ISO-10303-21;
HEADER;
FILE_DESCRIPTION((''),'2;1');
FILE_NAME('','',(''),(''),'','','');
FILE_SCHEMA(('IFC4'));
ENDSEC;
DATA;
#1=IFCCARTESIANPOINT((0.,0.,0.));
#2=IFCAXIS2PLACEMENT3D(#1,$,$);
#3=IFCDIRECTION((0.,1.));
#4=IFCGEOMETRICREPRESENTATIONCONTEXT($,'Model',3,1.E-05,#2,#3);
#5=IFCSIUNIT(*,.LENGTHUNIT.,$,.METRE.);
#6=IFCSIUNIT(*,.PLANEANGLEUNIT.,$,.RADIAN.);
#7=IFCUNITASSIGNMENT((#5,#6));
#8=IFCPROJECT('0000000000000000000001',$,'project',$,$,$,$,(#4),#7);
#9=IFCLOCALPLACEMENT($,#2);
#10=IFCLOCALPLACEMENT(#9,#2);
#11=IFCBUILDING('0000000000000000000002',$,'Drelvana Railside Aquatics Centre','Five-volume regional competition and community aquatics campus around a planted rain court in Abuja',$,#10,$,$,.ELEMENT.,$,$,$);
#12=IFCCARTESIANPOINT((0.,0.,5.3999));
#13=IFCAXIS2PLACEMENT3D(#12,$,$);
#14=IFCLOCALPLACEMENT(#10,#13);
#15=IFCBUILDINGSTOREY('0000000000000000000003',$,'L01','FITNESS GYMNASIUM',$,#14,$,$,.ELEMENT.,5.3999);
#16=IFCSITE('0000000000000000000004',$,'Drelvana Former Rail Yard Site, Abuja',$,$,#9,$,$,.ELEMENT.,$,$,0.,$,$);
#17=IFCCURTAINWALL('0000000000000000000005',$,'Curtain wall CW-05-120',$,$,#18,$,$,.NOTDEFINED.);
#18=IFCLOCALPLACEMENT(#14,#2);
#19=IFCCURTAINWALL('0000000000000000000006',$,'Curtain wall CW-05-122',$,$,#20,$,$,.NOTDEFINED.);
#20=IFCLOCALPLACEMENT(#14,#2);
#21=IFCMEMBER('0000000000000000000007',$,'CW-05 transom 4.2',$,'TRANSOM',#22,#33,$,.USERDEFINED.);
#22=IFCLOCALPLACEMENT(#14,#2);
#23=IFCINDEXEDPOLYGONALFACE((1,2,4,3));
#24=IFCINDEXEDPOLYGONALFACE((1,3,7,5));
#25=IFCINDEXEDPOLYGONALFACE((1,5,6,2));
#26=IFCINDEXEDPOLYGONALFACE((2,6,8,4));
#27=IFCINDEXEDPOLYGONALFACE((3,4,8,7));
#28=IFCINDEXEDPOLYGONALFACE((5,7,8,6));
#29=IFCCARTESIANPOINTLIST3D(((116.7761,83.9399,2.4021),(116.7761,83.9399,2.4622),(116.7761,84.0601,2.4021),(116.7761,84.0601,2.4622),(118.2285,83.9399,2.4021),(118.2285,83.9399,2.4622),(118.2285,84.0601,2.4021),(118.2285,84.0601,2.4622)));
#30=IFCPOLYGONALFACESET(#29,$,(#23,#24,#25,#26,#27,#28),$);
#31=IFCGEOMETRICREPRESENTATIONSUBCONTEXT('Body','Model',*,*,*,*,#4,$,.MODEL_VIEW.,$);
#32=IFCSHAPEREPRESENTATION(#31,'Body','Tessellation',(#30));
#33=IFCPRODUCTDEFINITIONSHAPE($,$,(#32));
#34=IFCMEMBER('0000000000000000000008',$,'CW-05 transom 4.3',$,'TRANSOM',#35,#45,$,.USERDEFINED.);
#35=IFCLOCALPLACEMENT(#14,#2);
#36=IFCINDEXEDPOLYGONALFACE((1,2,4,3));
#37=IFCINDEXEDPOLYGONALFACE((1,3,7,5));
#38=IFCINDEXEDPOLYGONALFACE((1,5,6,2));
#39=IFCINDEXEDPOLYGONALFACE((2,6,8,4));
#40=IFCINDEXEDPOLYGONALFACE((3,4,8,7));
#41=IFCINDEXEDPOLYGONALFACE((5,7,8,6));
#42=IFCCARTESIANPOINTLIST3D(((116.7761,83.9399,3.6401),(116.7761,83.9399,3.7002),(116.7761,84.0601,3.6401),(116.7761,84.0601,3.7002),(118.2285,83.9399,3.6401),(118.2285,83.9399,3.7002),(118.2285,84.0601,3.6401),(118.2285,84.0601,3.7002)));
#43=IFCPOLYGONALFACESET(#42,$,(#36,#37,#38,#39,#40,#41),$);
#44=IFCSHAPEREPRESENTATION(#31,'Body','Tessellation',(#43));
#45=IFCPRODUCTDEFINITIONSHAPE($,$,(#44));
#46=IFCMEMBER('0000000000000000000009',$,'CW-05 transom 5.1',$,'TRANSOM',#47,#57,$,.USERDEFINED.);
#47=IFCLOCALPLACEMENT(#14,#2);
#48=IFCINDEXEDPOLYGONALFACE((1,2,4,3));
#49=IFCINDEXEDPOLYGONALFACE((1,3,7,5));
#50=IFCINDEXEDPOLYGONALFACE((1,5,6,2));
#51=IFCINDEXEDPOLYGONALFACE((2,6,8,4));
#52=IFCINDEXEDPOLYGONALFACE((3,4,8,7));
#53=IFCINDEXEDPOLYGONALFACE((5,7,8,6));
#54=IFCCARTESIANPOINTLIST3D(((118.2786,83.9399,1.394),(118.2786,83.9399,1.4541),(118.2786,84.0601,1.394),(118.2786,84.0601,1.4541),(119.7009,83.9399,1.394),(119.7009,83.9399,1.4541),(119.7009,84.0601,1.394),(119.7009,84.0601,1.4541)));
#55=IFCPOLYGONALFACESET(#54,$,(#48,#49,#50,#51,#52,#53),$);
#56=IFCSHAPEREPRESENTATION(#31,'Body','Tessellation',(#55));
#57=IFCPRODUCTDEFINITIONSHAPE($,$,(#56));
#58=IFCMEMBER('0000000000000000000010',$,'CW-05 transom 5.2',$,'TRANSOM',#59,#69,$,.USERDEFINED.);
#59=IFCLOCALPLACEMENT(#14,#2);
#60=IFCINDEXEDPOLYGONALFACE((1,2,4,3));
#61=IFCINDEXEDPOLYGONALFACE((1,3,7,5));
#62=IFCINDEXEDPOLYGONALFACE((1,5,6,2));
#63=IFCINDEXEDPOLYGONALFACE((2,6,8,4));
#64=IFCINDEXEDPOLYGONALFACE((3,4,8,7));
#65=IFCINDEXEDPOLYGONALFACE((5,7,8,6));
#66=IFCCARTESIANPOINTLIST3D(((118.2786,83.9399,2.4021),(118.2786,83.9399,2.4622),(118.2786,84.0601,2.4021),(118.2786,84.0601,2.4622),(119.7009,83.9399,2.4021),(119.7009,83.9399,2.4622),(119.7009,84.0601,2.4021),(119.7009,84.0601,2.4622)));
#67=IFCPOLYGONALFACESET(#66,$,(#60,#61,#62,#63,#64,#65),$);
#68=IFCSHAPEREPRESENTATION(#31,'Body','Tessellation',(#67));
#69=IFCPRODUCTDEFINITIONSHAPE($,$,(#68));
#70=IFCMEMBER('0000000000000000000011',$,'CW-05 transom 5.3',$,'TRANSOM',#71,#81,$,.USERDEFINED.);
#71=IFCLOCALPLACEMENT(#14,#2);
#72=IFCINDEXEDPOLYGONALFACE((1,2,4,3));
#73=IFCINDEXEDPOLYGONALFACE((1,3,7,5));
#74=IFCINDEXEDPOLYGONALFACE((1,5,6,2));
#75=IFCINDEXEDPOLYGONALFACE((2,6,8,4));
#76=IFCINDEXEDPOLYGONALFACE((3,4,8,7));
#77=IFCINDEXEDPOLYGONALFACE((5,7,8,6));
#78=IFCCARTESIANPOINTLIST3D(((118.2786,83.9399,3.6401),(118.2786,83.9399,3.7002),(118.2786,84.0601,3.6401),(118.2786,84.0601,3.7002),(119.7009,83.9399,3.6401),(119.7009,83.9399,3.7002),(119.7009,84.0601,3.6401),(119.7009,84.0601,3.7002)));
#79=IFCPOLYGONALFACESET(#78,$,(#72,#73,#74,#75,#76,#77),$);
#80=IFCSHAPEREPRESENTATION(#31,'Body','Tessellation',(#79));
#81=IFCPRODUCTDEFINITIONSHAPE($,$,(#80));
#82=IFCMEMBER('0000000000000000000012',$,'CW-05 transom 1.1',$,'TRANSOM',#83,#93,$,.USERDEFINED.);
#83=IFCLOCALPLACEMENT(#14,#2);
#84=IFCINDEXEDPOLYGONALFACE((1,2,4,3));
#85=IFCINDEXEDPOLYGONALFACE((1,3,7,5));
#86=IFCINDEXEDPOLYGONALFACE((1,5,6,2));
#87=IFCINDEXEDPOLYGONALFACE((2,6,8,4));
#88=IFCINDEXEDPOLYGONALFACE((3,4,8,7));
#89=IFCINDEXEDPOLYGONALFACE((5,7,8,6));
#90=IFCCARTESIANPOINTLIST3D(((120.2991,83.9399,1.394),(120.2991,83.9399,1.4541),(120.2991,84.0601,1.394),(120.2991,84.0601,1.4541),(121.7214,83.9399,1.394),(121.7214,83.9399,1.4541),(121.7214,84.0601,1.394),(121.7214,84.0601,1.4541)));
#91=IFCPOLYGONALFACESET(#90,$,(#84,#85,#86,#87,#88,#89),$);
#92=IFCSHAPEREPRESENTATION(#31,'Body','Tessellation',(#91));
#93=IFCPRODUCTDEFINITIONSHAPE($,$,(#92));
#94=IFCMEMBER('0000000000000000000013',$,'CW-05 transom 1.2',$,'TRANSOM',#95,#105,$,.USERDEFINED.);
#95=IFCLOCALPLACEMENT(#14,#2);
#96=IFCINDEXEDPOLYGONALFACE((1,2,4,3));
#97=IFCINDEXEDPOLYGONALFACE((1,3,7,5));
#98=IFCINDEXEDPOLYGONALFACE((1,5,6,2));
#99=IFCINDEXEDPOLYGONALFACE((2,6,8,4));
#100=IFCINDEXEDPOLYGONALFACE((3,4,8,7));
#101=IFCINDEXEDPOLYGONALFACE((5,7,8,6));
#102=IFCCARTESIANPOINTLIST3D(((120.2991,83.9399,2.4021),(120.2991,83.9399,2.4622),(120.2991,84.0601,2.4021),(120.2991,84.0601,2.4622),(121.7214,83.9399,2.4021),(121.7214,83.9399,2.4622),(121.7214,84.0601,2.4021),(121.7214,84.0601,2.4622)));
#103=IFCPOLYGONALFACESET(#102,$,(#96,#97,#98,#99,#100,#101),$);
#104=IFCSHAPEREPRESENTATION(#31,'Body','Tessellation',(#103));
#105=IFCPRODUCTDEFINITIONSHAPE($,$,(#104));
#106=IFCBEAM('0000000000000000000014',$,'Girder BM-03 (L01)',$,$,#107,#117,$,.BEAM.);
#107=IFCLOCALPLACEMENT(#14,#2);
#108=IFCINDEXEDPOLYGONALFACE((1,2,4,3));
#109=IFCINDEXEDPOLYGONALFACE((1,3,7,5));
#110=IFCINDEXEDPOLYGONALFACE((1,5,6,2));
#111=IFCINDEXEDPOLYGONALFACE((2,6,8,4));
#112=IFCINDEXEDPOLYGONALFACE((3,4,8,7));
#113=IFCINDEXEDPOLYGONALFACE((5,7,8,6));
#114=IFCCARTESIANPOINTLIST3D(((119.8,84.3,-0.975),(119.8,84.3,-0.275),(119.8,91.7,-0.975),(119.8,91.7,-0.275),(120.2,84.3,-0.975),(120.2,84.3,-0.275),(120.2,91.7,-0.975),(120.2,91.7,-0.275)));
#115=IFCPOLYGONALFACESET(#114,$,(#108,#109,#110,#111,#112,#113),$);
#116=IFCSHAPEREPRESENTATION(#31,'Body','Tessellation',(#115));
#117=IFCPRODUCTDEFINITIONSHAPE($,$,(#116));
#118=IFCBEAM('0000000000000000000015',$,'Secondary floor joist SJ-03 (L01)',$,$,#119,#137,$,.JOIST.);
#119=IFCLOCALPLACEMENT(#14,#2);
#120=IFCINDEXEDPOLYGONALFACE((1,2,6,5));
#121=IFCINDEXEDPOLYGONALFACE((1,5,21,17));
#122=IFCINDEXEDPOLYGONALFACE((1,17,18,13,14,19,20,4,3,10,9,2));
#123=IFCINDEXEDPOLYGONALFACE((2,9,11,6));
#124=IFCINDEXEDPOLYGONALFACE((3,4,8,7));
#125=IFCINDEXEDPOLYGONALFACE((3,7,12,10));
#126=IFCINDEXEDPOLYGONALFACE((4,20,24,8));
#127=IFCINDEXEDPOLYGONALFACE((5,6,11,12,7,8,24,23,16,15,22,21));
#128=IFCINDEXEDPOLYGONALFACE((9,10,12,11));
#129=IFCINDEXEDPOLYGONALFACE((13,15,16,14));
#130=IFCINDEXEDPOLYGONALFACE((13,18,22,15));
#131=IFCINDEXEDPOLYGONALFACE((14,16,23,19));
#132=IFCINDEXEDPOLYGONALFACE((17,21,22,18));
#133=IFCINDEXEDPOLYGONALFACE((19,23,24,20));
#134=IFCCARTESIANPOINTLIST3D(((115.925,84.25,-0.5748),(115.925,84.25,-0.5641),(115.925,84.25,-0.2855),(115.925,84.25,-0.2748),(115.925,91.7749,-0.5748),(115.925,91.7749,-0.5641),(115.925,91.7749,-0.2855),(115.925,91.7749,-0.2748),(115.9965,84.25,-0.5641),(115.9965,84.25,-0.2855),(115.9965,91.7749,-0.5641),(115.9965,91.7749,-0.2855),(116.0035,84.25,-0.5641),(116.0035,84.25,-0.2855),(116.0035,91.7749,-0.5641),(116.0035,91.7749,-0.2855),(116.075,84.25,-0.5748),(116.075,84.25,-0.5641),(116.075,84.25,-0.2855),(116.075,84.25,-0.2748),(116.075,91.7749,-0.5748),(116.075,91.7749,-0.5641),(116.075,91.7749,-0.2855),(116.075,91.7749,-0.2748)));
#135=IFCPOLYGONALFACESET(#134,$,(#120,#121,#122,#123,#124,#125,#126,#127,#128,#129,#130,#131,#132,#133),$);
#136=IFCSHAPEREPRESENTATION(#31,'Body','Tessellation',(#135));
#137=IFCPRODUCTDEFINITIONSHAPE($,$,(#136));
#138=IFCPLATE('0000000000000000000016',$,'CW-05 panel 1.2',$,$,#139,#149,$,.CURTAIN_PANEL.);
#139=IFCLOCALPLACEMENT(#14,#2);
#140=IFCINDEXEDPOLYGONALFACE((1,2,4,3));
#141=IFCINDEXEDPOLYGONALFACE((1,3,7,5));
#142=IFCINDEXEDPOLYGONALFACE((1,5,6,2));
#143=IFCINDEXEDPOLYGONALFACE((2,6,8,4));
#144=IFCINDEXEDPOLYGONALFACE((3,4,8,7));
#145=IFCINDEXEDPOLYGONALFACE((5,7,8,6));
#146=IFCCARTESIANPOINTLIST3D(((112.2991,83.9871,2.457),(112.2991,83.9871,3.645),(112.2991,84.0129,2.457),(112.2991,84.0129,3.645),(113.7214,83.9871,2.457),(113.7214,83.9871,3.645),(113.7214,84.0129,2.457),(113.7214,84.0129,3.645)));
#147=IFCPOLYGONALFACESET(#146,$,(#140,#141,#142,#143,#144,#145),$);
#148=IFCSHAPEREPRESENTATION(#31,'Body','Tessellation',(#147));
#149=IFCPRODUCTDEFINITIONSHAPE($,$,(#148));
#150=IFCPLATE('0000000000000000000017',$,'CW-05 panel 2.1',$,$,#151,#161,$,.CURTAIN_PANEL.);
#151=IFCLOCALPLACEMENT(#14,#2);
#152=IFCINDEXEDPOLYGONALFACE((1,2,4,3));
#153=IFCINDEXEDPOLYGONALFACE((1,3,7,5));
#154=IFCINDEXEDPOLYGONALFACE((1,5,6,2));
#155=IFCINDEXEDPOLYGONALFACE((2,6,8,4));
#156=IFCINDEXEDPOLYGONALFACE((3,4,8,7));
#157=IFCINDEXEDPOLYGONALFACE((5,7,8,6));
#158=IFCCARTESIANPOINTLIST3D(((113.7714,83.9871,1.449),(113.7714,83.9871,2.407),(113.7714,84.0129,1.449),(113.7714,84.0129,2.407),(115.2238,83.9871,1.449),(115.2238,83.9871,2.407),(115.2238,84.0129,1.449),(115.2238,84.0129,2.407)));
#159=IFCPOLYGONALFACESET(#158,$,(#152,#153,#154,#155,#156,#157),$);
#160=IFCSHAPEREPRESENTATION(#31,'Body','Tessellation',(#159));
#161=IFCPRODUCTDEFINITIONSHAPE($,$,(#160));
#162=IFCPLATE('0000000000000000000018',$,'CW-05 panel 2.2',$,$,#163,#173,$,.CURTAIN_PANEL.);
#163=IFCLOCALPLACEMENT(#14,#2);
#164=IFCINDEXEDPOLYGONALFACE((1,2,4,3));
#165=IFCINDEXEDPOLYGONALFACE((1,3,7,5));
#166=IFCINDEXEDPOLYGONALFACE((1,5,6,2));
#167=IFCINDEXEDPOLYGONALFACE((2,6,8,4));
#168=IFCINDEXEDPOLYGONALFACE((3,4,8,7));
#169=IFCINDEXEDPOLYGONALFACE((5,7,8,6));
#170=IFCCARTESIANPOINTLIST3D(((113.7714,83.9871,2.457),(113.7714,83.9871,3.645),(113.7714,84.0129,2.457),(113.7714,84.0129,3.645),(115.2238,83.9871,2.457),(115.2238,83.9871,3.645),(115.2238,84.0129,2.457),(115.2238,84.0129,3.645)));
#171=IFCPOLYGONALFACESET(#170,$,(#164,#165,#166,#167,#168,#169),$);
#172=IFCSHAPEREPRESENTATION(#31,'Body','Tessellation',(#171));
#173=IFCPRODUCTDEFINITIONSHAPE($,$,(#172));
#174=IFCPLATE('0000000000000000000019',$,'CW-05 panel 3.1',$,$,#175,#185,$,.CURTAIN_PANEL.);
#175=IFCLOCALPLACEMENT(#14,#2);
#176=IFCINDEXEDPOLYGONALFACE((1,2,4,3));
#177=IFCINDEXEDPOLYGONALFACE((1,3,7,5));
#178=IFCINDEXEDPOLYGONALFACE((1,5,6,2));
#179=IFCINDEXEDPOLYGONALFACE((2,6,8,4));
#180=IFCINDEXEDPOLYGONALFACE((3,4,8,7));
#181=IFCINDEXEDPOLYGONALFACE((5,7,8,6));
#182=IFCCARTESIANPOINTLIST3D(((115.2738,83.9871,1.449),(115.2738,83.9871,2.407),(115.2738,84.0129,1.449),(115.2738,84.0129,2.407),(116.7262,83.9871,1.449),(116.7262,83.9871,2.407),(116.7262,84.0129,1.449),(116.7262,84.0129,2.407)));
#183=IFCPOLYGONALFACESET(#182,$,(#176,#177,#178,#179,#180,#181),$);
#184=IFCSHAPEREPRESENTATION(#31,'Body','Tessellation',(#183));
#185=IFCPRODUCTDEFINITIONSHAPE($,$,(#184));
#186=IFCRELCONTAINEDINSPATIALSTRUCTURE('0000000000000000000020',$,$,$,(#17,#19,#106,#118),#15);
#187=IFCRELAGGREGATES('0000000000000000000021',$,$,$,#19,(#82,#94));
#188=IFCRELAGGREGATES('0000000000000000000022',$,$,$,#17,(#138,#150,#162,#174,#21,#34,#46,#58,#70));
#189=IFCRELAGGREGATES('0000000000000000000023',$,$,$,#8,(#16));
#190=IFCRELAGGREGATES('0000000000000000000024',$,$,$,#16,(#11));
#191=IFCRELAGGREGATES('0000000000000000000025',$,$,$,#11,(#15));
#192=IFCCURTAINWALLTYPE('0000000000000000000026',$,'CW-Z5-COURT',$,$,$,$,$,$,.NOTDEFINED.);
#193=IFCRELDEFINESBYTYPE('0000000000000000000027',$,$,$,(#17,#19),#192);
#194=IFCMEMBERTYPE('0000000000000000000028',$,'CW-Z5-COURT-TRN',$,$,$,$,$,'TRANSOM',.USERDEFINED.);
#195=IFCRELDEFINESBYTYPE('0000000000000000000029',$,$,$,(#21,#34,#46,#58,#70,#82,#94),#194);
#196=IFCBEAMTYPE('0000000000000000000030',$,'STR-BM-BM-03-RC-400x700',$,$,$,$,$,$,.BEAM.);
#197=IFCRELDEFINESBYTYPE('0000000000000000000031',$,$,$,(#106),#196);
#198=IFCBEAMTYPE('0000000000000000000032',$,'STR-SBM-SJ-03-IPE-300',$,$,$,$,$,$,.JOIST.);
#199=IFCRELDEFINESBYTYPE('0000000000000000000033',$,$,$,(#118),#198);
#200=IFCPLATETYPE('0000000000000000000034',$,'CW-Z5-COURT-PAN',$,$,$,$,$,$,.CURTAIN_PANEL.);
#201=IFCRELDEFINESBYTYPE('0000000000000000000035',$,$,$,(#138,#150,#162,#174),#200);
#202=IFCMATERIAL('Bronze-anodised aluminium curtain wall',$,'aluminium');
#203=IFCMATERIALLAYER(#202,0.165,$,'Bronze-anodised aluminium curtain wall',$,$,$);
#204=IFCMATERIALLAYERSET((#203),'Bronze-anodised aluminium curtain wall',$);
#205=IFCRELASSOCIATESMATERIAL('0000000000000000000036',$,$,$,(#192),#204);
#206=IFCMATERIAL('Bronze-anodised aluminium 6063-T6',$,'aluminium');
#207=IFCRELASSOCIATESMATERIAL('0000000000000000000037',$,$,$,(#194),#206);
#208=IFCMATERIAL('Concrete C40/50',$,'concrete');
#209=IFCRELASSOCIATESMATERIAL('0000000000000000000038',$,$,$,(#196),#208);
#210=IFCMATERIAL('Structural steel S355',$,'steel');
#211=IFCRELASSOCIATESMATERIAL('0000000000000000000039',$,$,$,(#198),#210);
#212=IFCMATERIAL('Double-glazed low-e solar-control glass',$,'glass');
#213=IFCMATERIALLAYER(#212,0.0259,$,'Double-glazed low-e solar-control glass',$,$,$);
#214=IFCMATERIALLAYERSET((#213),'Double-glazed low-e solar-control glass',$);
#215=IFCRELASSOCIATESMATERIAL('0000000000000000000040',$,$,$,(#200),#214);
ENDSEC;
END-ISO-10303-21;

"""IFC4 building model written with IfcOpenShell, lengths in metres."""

from ifc_helpers import new_model, si_unit, direction, frame, origin, origin_2d, place, context, subcontext, project, spatial, rectangle, i_section, extrude, material, layer, layer_set, material_profile, profile_set, type_object, element, aggregate, save


model = new_model("IFC4")

# Units and contexts
model_context = context("Model", 3, precision=1e-05, world=origin(), true_north=direction((0.0, 1.0)))
body_context = subcontext(model_context, "Body", "Model", "MODEL_VIEW")
ifc_project = project(units=[si_unit("LENGTHUNIT", "METRE"), si_unit("PLANEANGLEUNIT", "RADIAN")], contexts=[model_context])

# Site, building, storey
site_placement = place(None, origin())
site = spatial("IfcSite", under=ifc_project, at=site_placement, Name="Drelvana Former Rail Yard Site, Abuja", CompositionType="ELEMENT", RefElevation=0.0)
building_placement = place(site_placement, origin())
building = spatial("IfcBuilding", under=site, at=building_placement, Name="Drelvana Railside Aquatics Centre", Description="Five-volume regional competition and community aquatics campus around a planted rain court in Abuja", CompositionType="ELEMENT")
storey_placement = place(building_placement, frame((0.0, 0.0, 5.3999)))
storey = spatial("IfcBuildingStorey", under=building, at=storey_placement, Name="L01", Description="FITNESS GYMNASIUM", CompositionType="ELEMENT", Elevation=5.3999)

# Shared definitions
ifc_material_1 = material(Name="Concrete C40/50", Category="concrete")

# Curtain wall
ifc_material_2 = material(Name="Bronze-anodised aluminium curtain wall", Category="aluminium")
ifc_layer_1 = layer(ifc_material_2, 0.165, Name="Bronze-anodised aluminium curtain wall")
ifc_layer_set_1 = layer_set([ifc_layer_1], Name="Bronze-anodised aluminium curtain wall")
curtain_wall_type = type_object("IfcCurtainWallType", Name="CW-Z5-COURT", PredefinedType="NOTDEFINED", material=ifc_layer_set_1)
curtain_wall_1_placement = place(storey_placement, origin())
curtain_wall_1 = element("IfcCurtainWall", 1, at=curtain_wall_1_placement, inside=storey, type_object=curtain_wall_type, Name="Curtain wall CW-05-120", PredefinedType="NOTDEFINED")
ifc_material_3 = material(Name="Bronze-anodised aluminium 6063-T6", Category="aluminium")

# Curtain wall
curtain_wall_2_placement = place(storey_placement, origin())
curtain_wall_2 = element("IfcCurtainWall", 2, at=curtain_wall_2_placement, inside=storey, type_object=curtain_wall_type, Name="Curtain wall CW-05-122", PredefinedType="NOTDEFINED")

# Members
ifc_material_profile_1 = material_profile(ifc_material_3, rectangle(XDim=0.1201, YDim=0.0601, at=origin_2d()), Name="ALU-T 60x120")
ifc_profile_set_1 = profile_set([ifc_material_profile_1], Name="Bronze-anodised aluminium 6063-T6")
member_type_1 = type_object("IfcMemberType", Name="CW-Z5-COURT-TRN", ElementType="TRANSOM", PredefinedType="USERDEFINED", material=ifc_profile_set_1)
member_1_placement = place(storey_placement, frame((116.7761, 84.0, 2.4321), z_axis=(1.0, 0.0, 0.0), x_axis=(0.0, 1.0, 0.0)))
member_1 = element("IfcMember", 3, at=member_1_placement, type_object=member_type_1, Name="CW-05 transom 4.2", ObjectType="TRANSOM", PredefinedType="USERDEFINED", context=body_context, shape_type="SweptSolid", body=[
    extrude(rectangle(XDim=0.1201, YDim=0.0601, at=origin_2d()), origin(), (0.0, 0.0, 1.0), 1.4524),
])
member_2_placement = place(storey_placement, frame((116.7761, 84.0, 3.6702), z_axis=(1.0, 0.0, 0.0), x_axis=(0.0, 1.0, 0.0)))
member_2 = element("IfcMember", 4, at=member_2_placement, type_object=member_type_1, Name="CW-05 transom 4.3", ObjectType="TRANSOM", PredefinedType="USERDEFINED", context=body_context, shape_type="SweptSolid", body=[
    extrude(rectangle(XDim=0.1201, YDim=0.0601, at=origin_2d()), origin(), (0.0, 0.0, 1.0), 1.4524),
])
member_3_placement = place(storey_placement, frame((118.2786, 84.0, 1.4241), z_axis=(1.0, 0.0, 0.0), x_axis=(0.0, 1.0, 0.0)))
member_3 = element("IfcMember", 5, at=member_3_placement, type_object=member_type_1, Name="CW-05 transom 5.1", ObjectType="TRANSOM", PredefinedType="USERDEFINED", context=body_context, shape_type="SweptSolid", body=[
    extrude(rectangle(XDim=0.1201, YDim=0.0601, at=origin_2d()), origin(), (0.0, 0.0, 1.0), 1.4224),
])
member_4_placement = place(storey_placement, frame((118.2786, 84.0, 2.4321), z_axis=(1.0, 0.0, 0.0), x_axis=(0.0, 1.0, 0.0)))
member_4 = element("IfcMember", 6, at=member_4_placement, type_object=member_type_1, Name="CW-05 transom 5.2", ObjectType="TRANSOM", PredefinedType="USERDEFINED", context=body_context, shape_type="SweptSolid", body=[
    extrude(rectangle(XDim=0.1201, YDim=0.0601, at=origin_2d()), origin(), (0.0, 0.0, 1.0), 1.4224),
])
member_5_placement = place(storey_placement, frame((118.2786, 84.0, 3.6702), z_axis=(1.0, 0.0, 0.0), x_axis=(0.0, 1.0, 0.0)))
member_5 = element("IfcMember", 7, at=member_5_placement, type_object=member_type_1, Name="CW-05 transom 5.3", ObjectType="TRANSOM", PredefinedType="USERDEFINED", context=body_context, shape_type="SweptSolid", body=[
    extrude(rectangle(XDim=0.1201, YDim=0.0601, at=origin_2d()), origin(), (0.0, 0.0, 1.0), 1.4224),
])
member_6_placement = place(storey_placement, frame((120.2991, 84.0, 1.4241), z_axis=(1.0, 0.0, 0.0), x_axis=(0.0, 1.0, 0.0)))
member_6 = element("IfcMember", 8, at=member_6_placement, type_object=member_type_1, Name="CW-05 transom 1.1", ObjectType="TRANSOM", PredefinedType="USERDEFINED", context=body_context, shape_type="SweptSolid", body=[
    extrude(rectangle(XDim=0.1201, YDim=0.0601, at=origin_2d()), origin(), (0.0, 0.0, 1.0), 1.4224),
])
member_7_placement = place(storey_placement, frame((120.2991, 84.0, 2.4321), z_axis=(1.0, 0.0, 0.0), x_axis=(0.0, 1.0, 0.0)))
member_7 = element("IfcMember", 9, at=member_7_placement, type_object=member_type_1, Name="CW-05 transom 1.2", ObjectType="TRANSOM", PredefinedType="USERDEFINED", context=body_context, shape_type="SweptSolid", body=[
    extrude(rectangle(XDim=0.1201, YDim=0.0601, at=origin_2d()), origin(), (0.0, 0.0, 1.0), 1.4224),
])
aggregate(curtain_wall_2, [member_6, member_7])

# Beams
ifc_material_profile_2 = material_profile(ifc_material_1, rectangle(XDim=0.3999, YDim=0.7, at=origin_2d()), Name="RC 400x700")
ifc_profile_set_2 = profile_set([ifc_material_profile_2], Name="Concrete C40/50")
beam_type_1 = type_object("IfcBeamType", Name="STR-BM-BM-03-RC-400x700", PredefinedType="BEAM", material=ifc_profile_set_2)
beam_1_placement = place(storey_placement, frame((120.0, 84.3, -0.625), z_axis=(0.0, 1.0, 0.0), x_axis=(-1.0, 0.0, 0.0)))
element("IfcBeam", 10, at=beam_1_placement, inside=storey, type_object=beam_type_1, Name="Girder BM-03 (L01)", PredefinedType="BEAM", context=body_context, shape_type="SweptSolid", body=[
    extrude(rectangle(XDim=0.3999, YDim=0.7, at=origin_2d()), origin(), (0.0, 0.0, 1.0), 7.3999),
])
ifc_material_4 = material(Name="Structural steel S355", Category="steel")
ifc_material_profile_3 = material_profile(ifc_material_4, i_section(OverallWidth=0.1499, OverallDepth=0.3, WebThickness=0.0071, FlangeThickness=0.0107, at=origin_2d()), Name="IPE 300")
ifc_profile_set_3 = profile_set([ifc_material_profile_3], Name="Structural steel S355")
beam_type_2 = type_object("IfcBeamType", Name="STR-SBM-SJ-03-IPE-300", PredefinedType="JOIST", material=ifc_profile_set_3)
beam_2_placement = place(storey_placement, frame((116.0, 84.25, -0.4248), z_axis=(0.0, 1.0, 0.0), x_axis=(-1.0, 0.0, 0.0)))
element("IfcBeam", 11, at=beam_2_placement, inside=storey, type_object=beam_type_2, Name="Secondary floor joist SJ-03 (L01)", PredefinedType="JOIST", context=body_context, shape_type="SweptSolid", body=[
    extrude(i_section(OverallWidth=0.1499, OverallDepth=0.3, WebThickness=0.0071, FlangeThickness=0.0107, at=origin_2d()), origin(), (0.0, 0.0, 1.0), 7.5249),
])

# Plates
ifc_material_5 = material(Name="Double-glazed low-e solar-control glass", Category="glass")
ifc_layer_2 = layer(ifc_material_5, 0.0259, Name="Double-glazed low-e solar-control glass")
ifc_layer_set_2 = layer_set([ifc_layer_2], Name="Double-glazed low-e solar-control glass")
plate_type = type_object("IfcPlateType", Name="CW-Z5-COURT-PAN", PredefinedType="CURTAIN_PANEL", material=ifc_layer_set_2)
plate_1_placement = place(storey_placement, frame((113.0103, 84.0, 2.457), z_axis=(0.0, 0.0, 1.0), x_axis=(1.0, 0.0, 0.0)))
plate_1 = element("IfcPlate", 12, at=plate_1_placement, type_object=plate_type, Name="CW-05 panel 1.2", PredefinedType="CURTAIN_PANEL", context=body_context, shape_type="SweptSolid", body=[
    extrude(rectangle(XDim=1.4224, YDim=0.0259, at=origin_2d()), origin(), (0.0, 0.0, 1.0), 1.188),
])
plate_2_placement = place(storey_placement, frame((114.4976, 84.0, 1.449), z_axis=(0.0, 0.0, 1.0), x_axis=(1.0, 0.0, 0.0)))
plate_2 = element("IfcPlate", 13, at=plate_2_placement, type_object=plate_type, Name="CW-05 panel 2.1", PredefinedType="CURTAIN_PANEL", context=body_context, shape_type="SweptSolid", body=[
    extrude(rectangle(XDim=1.4524, YDim=0.0259, at=origin_2d()), origin(), (0.0, 0.0, 1.0), 0.958),
])
plate_3_placement = place(storey_placement, frame((114.4976, 84.0, 2.457), z_axis=(0.0, 0.0, 1.0), x_axis=(1.0, 0.0, 0.0)))
plate_3 = element("IfcPlate", 14, at=plate_3_placement, type_object=plate_type, Name="CW-05 panel 2.2", PredefinedType="CURTAIN_PANEL", context=body_context, shape_type="SweptSolid", body=[
    extrude(rectangle(XDim=1.4524, YDim=0.0259, at=origin_2d()), origin(), (0.0, 0.0, 1.0), 1.188),
])
plate_4_placement = place(storey_placement, frame((116.0, 84.0, 1.449), z_axis=(0.0, 0.0, 1.0), x_axis=(1.0, 0.0, 0.0)))
plate_4 = element("IfcPlate", 15, at=plate_4_placement, type_object=plate_type, Name="CW-05 panel 3.1", PredefinedType="CURTAIN_PANEL", context=body_context, shape_type="SweptSolid", body=[
    extrude(rectangle(XDim=1.4524, YDim=0.0259, at=origin_2d()), origin(), (0.0, 0.0, 1.0), 0.958),
])
aggregate(curtain_wall_1, [plate_1, plate_2, plate_3, plate_4, member_1, member_2, member_3, member_4, member_5])

save(model, "model.ifc")
